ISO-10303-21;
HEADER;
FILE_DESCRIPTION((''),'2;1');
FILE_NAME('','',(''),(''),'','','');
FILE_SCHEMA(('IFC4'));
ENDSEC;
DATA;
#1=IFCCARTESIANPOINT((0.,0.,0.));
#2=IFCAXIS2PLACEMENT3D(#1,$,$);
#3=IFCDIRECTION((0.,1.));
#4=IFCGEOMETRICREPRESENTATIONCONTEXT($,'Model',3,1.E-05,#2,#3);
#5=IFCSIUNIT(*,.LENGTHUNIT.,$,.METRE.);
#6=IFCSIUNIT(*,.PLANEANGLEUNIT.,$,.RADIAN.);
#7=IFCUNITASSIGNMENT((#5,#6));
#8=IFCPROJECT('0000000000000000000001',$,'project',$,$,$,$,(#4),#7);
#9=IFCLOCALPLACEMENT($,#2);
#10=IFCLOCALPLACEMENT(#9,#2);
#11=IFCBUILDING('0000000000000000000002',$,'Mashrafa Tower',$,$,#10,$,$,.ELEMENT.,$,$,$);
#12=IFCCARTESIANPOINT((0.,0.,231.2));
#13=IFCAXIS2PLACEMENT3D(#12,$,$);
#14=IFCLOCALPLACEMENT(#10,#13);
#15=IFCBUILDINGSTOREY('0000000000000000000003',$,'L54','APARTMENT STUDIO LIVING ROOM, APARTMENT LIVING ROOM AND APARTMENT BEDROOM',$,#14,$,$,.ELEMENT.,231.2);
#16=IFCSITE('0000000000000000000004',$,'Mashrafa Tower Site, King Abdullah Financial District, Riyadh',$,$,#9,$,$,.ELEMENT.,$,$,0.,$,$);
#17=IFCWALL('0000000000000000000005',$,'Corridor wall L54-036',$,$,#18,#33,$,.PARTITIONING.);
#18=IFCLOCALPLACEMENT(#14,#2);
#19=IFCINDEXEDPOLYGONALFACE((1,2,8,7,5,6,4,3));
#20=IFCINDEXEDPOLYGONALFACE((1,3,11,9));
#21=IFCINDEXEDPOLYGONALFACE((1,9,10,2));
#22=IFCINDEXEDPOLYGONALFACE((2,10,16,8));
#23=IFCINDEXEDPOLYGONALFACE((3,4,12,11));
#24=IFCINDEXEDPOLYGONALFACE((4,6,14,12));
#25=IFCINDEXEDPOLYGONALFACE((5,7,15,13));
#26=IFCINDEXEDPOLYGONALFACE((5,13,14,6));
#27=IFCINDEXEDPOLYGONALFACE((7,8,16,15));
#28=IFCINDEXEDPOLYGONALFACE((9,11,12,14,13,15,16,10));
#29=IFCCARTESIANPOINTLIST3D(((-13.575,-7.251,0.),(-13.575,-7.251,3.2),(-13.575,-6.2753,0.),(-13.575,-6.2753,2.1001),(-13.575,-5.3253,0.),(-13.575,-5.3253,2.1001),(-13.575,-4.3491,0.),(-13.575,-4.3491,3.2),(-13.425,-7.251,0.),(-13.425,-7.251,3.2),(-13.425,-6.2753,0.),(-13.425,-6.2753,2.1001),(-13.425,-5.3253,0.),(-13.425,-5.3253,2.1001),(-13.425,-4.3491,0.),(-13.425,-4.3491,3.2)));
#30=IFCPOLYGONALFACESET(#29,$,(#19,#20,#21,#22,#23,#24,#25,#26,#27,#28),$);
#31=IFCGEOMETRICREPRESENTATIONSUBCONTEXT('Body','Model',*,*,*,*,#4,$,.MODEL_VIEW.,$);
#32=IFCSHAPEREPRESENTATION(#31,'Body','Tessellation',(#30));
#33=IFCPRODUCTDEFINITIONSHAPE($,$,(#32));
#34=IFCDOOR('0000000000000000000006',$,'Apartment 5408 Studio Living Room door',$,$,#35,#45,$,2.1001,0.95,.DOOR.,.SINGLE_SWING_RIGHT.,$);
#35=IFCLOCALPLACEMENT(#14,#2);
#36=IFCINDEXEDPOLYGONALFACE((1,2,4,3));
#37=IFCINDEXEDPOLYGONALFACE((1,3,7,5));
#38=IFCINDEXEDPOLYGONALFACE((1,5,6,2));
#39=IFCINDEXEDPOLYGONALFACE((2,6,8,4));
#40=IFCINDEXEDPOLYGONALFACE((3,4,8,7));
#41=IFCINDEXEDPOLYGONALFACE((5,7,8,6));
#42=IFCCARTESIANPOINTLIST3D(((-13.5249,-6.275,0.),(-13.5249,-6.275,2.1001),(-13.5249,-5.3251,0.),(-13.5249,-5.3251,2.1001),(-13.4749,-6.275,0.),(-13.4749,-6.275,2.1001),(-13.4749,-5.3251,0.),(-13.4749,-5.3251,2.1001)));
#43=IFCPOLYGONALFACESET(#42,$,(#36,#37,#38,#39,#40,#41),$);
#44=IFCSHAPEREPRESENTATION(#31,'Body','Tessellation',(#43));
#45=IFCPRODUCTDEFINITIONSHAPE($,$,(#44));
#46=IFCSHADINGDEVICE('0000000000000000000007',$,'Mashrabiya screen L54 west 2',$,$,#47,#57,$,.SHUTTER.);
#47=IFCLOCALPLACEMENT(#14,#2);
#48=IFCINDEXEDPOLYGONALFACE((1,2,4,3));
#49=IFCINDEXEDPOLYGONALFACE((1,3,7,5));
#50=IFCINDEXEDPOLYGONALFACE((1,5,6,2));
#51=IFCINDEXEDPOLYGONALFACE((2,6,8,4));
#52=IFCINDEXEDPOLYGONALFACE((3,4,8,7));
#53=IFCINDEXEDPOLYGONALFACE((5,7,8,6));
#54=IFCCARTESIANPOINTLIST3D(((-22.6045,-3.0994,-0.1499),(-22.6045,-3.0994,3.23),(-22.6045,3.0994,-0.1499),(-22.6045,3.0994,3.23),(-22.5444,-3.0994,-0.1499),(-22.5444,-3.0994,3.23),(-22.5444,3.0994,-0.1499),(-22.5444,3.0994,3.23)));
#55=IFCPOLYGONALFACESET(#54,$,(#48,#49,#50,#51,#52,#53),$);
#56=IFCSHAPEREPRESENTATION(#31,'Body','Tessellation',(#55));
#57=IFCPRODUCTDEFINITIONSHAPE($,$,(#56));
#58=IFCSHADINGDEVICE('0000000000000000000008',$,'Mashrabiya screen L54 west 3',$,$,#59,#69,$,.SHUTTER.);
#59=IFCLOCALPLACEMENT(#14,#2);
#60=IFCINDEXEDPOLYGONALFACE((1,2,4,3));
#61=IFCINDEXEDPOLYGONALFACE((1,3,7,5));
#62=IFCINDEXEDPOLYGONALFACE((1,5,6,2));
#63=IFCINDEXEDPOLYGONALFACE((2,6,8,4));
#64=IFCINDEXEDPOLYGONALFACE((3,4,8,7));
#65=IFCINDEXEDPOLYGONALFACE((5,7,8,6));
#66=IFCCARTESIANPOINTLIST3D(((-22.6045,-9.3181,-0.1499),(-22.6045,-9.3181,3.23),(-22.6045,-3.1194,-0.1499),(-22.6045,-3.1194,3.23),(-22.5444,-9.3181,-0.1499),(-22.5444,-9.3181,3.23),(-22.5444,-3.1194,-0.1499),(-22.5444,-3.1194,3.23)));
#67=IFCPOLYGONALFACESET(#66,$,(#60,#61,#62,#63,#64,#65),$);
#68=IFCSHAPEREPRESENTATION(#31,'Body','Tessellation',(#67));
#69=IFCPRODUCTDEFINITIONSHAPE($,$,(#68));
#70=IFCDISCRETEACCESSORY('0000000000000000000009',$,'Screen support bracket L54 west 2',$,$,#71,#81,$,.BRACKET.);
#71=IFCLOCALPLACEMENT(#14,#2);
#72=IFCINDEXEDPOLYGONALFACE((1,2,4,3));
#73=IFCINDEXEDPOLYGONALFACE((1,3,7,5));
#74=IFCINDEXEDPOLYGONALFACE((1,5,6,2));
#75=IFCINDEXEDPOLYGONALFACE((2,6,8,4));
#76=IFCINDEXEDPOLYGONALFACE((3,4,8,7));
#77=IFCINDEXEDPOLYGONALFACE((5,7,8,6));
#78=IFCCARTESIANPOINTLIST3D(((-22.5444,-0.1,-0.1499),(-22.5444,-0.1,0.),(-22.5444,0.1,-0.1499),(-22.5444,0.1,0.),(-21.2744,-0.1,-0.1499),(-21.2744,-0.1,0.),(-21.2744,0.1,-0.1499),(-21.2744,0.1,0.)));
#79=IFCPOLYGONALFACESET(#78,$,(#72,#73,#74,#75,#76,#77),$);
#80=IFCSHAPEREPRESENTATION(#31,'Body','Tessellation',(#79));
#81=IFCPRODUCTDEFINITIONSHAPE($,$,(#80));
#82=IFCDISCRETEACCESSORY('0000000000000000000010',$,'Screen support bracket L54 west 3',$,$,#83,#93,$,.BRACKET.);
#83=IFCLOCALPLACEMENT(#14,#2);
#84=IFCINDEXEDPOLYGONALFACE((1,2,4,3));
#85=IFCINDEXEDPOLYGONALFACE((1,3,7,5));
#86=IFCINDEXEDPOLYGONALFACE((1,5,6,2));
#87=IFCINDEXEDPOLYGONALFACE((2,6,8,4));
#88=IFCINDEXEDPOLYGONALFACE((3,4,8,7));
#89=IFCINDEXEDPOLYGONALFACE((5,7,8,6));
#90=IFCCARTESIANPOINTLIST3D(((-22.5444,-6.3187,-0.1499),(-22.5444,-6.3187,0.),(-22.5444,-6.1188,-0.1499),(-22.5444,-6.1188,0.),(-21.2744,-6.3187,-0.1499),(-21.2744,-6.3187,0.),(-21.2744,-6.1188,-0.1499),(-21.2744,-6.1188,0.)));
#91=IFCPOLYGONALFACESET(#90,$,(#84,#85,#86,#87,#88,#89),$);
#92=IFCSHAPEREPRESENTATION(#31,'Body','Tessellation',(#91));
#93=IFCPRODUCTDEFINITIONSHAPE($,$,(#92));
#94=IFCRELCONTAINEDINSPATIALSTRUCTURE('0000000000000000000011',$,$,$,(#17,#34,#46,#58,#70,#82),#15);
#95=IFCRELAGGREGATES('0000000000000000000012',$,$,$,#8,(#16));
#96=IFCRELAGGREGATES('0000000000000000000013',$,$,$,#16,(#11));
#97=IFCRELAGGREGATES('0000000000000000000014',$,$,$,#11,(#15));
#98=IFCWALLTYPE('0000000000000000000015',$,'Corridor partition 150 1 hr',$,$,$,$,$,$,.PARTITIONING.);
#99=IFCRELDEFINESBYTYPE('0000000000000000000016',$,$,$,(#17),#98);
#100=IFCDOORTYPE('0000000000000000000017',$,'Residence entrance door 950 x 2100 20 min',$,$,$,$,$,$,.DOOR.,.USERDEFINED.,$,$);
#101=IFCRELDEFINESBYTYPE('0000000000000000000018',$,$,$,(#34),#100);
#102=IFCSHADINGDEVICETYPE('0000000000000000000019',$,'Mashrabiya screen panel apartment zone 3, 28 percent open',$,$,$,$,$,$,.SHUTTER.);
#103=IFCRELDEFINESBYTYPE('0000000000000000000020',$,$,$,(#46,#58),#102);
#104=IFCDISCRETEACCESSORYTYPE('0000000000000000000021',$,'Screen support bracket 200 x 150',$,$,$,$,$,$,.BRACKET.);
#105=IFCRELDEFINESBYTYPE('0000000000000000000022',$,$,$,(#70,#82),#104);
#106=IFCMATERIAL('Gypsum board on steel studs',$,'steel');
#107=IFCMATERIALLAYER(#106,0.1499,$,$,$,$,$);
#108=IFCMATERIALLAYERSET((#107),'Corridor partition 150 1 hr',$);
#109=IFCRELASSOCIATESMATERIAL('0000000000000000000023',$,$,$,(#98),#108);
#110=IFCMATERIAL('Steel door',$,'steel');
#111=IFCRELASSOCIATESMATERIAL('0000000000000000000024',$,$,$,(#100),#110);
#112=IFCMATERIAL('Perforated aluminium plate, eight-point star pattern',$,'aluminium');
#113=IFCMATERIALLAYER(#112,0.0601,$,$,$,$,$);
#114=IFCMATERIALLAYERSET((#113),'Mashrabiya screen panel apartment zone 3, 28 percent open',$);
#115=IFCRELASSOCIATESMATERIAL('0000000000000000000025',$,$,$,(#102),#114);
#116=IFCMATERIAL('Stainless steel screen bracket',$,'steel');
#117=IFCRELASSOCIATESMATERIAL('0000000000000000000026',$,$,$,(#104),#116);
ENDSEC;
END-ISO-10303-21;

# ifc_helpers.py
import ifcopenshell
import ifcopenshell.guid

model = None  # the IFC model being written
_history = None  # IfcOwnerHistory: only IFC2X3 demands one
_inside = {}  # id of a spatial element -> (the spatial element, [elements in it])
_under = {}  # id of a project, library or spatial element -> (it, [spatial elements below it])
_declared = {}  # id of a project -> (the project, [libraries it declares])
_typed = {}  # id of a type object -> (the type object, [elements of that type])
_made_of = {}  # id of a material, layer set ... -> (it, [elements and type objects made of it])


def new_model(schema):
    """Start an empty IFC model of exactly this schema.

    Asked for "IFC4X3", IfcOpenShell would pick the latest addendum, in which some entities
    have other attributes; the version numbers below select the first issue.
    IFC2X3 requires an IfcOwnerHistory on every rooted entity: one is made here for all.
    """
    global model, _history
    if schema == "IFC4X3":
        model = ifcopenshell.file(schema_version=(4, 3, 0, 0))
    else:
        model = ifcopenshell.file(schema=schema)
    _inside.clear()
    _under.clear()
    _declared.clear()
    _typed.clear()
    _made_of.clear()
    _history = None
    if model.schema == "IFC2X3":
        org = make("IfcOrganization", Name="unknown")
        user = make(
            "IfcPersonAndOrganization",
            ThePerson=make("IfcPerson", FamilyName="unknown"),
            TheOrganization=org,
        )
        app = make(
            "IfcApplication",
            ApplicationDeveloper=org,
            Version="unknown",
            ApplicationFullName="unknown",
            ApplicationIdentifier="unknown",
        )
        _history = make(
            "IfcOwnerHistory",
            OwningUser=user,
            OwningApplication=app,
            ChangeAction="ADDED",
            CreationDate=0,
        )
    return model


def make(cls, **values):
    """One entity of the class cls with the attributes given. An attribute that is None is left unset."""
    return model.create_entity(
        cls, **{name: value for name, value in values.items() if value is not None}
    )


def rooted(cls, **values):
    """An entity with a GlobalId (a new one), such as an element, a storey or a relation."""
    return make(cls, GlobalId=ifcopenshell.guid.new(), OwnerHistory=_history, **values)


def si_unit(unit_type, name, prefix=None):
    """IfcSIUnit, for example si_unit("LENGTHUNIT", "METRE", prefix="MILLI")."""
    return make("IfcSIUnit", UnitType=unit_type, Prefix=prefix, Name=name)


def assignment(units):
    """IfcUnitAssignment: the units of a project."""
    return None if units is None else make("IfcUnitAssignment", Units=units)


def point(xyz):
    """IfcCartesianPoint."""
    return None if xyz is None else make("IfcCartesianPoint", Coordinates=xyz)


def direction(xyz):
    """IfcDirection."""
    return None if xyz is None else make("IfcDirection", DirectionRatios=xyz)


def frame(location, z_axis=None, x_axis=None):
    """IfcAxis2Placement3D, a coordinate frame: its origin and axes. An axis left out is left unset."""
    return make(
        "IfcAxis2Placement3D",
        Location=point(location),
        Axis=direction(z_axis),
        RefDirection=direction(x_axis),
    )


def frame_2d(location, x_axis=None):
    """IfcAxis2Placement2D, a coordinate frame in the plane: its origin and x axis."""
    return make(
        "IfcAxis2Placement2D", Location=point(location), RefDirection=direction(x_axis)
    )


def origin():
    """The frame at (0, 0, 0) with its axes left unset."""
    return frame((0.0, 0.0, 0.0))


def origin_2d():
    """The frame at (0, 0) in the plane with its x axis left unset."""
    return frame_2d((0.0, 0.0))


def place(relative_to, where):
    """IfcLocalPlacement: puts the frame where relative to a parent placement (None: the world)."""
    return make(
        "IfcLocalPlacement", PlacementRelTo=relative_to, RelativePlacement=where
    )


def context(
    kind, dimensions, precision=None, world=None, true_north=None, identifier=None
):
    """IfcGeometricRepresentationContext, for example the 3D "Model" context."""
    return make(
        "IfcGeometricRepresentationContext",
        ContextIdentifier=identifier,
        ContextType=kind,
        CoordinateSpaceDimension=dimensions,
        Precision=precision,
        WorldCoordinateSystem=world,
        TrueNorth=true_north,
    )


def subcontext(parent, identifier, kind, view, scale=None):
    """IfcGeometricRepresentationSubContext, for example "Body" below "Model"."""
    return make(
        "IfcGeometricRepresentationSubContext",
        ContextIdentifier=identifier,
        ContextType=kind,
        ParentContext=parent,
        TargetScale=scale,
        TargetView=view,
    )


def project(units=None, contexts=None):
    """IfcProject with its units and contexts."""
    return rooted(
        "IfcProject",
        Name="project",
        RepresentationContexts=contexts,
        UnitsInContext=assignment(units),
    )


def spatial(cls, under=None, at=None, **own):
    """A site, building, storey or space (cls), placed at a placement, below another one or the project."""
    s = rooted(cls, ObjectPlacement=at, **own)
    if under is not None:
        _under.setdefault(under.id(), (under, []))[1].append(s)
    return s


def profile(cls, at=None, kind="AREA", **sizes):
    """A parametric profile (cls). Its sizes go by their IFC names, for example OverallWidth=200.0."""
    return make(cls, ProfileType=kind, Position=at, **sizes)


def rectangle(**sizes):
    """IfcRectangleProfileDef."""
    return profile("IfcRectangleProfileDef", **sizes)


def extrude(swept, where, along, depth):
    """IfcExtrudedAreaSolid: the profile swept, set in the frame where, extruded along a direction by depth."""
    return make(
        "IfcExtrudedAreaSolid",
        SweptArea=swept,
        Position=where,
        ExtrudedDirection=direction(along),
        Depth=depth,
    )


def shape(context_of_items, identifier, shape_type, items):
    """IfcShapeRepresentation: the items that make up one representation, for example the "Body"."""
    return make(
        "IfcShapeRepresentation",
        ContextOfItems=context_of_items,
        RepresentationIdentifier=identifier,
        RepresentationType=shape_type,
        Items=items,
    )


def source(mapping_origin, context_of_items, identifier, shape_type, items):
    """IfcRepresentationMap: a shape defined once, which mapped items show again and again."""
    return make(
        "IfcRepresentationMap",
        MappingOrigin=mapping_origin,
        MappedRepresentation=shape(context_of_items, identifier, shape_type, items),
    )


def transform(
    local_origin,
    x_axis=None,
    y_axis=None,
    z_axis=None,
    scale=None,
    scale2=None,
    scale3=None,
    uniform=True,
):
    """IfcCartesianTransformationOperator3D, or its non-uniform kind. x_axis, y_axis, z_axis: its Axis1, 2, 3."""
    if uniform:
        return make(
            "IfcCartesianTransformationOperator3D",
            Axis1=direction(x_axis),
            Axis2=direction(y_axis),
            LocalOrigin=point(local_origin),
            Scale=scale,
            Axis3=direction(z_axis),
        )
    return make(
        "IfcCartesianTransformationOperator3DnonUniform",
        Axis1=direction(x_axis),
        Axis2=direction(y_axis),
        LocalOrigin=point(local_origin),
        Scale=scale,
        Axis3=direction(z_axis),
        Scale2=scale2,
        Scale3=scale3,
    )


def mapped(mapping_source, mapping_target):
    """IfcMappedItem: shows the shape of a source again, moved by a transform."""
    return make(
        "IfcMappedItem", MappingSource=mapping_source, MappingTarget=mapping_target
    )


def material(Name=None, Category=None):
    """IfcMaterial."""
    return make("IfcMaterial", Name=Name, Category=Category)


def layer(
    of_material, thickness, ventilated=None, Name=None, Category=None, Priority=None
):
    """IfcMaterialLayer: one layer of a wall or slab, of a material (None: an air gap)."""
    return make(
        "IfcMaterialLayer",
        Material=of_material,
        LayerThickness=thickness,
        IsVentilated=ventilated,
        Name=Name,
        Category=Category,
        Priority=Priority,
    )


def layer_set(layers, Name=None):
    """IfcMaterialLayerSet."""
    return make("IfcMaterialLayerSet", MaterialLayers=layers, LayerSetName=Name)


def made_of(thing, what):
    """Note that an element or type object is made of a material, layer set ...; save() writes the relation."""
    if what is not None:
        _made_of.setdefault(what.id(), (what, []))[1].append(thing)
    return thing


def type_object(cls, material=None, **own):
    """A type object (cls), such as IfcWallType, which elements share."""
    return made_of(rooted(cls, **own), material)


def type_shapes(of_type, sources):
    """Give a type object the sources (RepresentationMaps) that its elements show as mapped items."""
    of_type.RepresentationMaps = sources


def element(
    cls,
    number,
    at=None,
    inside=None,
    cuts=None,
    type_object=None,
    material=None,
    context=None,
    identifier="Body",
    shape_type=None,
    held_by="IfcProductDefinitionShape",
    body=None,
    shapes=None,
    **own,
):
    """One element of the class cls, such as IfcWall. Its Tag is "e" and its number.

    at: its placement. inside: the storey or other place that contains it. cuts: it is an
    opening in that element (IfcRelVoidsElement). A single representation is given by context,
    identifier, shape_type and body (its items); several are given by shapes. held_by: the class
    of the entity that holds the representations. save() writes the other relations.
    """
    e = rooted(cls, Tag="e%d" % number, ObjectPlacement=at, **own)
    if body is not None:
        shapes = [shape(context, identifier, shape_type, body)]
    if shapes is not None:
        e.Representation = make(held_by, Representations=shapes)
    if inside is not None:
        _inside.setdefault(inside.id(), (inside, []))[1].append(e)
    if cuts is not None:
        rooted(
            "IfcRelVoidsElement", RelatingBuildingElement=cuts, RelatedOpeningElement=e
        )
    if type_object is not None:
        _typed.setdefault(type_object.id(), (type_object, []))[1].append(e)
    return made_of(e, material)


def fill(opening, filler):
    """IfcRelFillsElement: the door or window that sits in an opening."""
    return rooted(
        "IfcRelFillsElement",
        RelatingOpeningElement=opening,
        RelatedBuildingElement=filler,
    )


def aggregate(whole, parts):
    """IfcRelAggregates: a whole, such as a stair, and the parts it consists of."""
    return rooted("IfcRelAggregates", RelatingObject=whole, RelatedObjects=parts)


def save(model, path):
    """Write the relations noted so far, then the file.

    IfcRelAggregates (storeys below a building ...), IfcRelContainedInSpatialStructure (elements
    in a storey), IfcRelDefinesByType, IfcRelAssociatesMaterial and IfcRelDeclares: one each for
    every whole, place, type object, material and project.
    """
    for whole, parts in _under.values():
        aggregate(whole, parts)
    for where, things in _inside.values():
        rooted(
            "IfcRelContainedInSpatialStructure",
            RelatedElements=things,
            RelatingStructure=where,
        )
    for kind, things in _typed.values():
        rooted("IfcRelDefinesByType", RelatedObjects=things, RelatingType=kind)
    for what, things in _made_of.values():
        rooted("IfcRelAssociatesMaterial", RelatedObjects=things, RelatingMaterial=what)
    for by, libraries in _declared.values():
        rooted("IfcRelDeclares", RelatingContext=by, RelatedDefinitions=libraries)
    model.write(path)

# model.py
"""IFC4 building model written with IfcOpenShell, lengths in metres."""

from ifc_helpers import new_model, si_unit, direction, frame, frame_2d, origin, origin_2d, place, context, subcontext, project, spatial, rectangle, extrude, source, transform, mapped, material, layer, layer_set, type_object, type_shapes, element, fill, save


model = new_model("IFC4")

# Units and contexts
model_context = context("Model", 3, precision=1e-05, world=origin(), true_north=direction((0.0, 1.0)))
body_context = subcontext(model_context, "Body", "Model", "MODEL_VIEW")
ifc_project = project(units=[si_unit("LENGTHUNIT", "METRE"), si_unit("PLANEANGLEUNIT", "RADIAN")], contexts=[model_context])

# Site, building, storey
site_placement = place(None, origin())
site = spatial("IfcSite", under=ifc_project, at=site_placement, Name="Mashrafa Tower Site, King Abdullah Financial District, Riyadh", CompositionType="ELEMENT", RefElevation=0.0)
building_placement = place(site_placement, origin())
building = spatial("IfcBuilding", under=site, at=building_placement, Name="Mashrafa Tower", CompositionType="ELEMENT")
storey_placement = place(building_placement, frame((0.0, 0.0, 231.2)))
storey = spatial("IfcBuildingStorey", under=building, at=storey_placement, Name="L54", Description="APARTMENT STUDIO LIVING ROOM, APARTMENT LIVING ROOM AND APARTMENT BEDROOM", CompositionType="ELEMENT", Elevation=231.2)

# Shared definitions
ifc_material_1 = material(Name="Gypsum board on steel studs", Category="steel")
ifc_layer_1 = layer(ifc_material_1, 0.1499)
ifc_layer_set_1 = layer_set([ifc_layer_1], Name="Corridor partition 150 1 hr")
wall_type_1 = type_object("IfcWallType", Name="Corridor partition 150 1 hr", PredefinedType="PARTITIONING", material=ifc_layer_set_1)

# Shared definitions
ifc_material_2 = material(Name="Steel door", Category="steel")
door_type = type_object("IfcDoorType", Name="Residence entrance door 950 x 2100 20 min", OperationType="USERDEFINED", PredefinedType="DOOR", material=ifc_material_2)

# Wall, opening, door
wall_1_placement = place(storey_placement, frame((-13.5, -4.3491, 0.0), z_axis=(0.0, 0.0, 1.0), x_axis=(0.0, -1.0, 0.0)))
wall_1 = element("IfcWall", 1, at=wall_1_placement, inside=storey, type_object=wall_type_1, Name="Corridor wall L54-036", PredefinedType="PARTITIONING", context=body_context, shape_type="SweptSolid", body=[
    extrude(rectangle(XDim=2.9019, YDim=0.1499, at=frame_2d((1.4509, 0.0))), origin(), (0.0, 0.0, 1.0), 3.2),
])
opening_1_placement = place(wall_1_placement, frame((0.9761, 0.0, 0.0)))
opening_1 = element("IfcOpeningElement", 2, at=opening_1_placement, cuts=wall_1, PredefinedType="OPENING", context=body_context, shape_type="SweptSolid", body=[
    extrude(rectangle(XDim=0.95, YDim=2.1001, at=frame_2d((0.4751, 1.05))), frame((0.0, 0.085, 0.0), z_axis=(0.0, -1.0, 0.0), x_axis=(1.0, 0.0, 0.0)), (0.0, 0.0, 1.0), 0.1699),
])
door_1_placement = place(opening_1_placement, frame((0.95, 0.0, 0.0), z_axis=(0.0, 0.0, 1.0), x_axis=(-1.0, 0.0, 0.0)))
door_1 = element("IfcDoor", 3, at=door_1_placement, inside=storey, type_object=door_type, Name="Apartment 5408 Studio Living Room door", OperationType="SINGLE_SWING_RIGHT", OverallHeight=2.1001, OverallWidth=0.95, PredefinedType="DOOR", context=body_context, shape_type="SweptSolid", body=[
    extrude(rectangle(XDim=0.95, YDim=2.1001, at=frame_2d((0.4751, 1.05))), frame((0.0, 0.0249, 0.0), z_axis=(0.0, -1.0, 0.0), x_axis=(1.0, 0.0, 0.0)), (0.0, 0.0, 1.0), 0.05),
])
fill(opening_1, door_1)

# Shading devices
ifc_material_3 = material(Name="Perforated aluminium plate, eight-point star pattern", Category="aluminium")
ifc_layer_2 = layer(ifc_material_3, 0.0601)
ifc_layer_set_2 = layer_set([ifc_layer_2], Name="Mashrabiya screen panel apartment zone 3, 28 percent open")
shading_device_type = type_object("IfcShadingDeviceType", Name="Mashrabiya screen panel apartment zone 3, 28 percent open", PredefinedType="SHUTTER", material=ifc_layer_set_2)
shared_shape_1 = source(origin(), body_context, "Body", "SweptSolid", [
    extrude(rectangle(XDim=6.1987, YDim=0.0601, at=origin_2d()), origin(), (0.0, 0.0, 1.0), 3.3799),
])
type_shapes(shading_device_type, [shared_shape_1])
for number, where, z_axis, x_axis, name in (
    (4, (-22.5745, 0.0, -0.1499), (0.0, 0.0, 1.0), (0.0, -1.0, 0.0), "Mashrabiya screen L54 west 2"),
    (5, (-22.5745, -6.2188, -0.1499), (0.0, 0.0, 1.0), (0.0, -1.0, 0.0), "Mashrabiya screen L54 west 3"),
):
    element("IfcShadingDevice", number, at=place(storey_placement, frame(where, z_axis=z_axis, x_axis=x_axis)), inside=storey, type_object=shading_device_type, Name=name, PredefinedType="SHUTTER", context=body_context, shape_type="MappedRepresentation", body=[
        mapped(shared_shape_1, transform((0.0, 0.0, 0.0))),
    ])

# Discrete accessories
ifc_material_4 = material(Name="Stainless steel screen bracket", Category="steel")
discrete_accessory_type = type_object("IfcDiscreteAccessoryType", Name="Screen support bracket 200 x 150", PredefinedType="BRACKET", material=ifc_material_4)
shared_shape_2 = source(origin(), body_context, "Body", "SweptSolid", [
    extrude(rectangle(XDim=0.2, YDim=1.27, at=origin_2d()), origin(), (0.0, 0.0, 1.0), 0.1499),
])
type_shapes(discrete_accessory_type, [shared_shape_2])
for number, where, z_axis, x_axis, name in (
    (6, (-21.9094, 0.0, -0.1499), (0.0, 0.0, 1.0), (0.0, -1.0, 0.0), "Screen support bracket L54 west 2"),
    (7, (-21.9094, -6.2188, -0.1499), (0.0, 0.0, 1.0), (0.0, -1.0, 0.0), "Screen support bracket L54 west 3"),
):
    element("IfcDiscreteAccessory", number, at=place(storey_placement, frame(where, z_axis=z_axis, x_axis=x_axis)), inside=storey, type_object=discrete_accessory_type, Name=name, PredefinedType="BRACKET", context=body_context, shape_type="MappedRepresentation", body=[
        mapped(shared_shape_2, transform((0.0, 0.0, 0.0))),
    ])

save(model, "model.ifc")
